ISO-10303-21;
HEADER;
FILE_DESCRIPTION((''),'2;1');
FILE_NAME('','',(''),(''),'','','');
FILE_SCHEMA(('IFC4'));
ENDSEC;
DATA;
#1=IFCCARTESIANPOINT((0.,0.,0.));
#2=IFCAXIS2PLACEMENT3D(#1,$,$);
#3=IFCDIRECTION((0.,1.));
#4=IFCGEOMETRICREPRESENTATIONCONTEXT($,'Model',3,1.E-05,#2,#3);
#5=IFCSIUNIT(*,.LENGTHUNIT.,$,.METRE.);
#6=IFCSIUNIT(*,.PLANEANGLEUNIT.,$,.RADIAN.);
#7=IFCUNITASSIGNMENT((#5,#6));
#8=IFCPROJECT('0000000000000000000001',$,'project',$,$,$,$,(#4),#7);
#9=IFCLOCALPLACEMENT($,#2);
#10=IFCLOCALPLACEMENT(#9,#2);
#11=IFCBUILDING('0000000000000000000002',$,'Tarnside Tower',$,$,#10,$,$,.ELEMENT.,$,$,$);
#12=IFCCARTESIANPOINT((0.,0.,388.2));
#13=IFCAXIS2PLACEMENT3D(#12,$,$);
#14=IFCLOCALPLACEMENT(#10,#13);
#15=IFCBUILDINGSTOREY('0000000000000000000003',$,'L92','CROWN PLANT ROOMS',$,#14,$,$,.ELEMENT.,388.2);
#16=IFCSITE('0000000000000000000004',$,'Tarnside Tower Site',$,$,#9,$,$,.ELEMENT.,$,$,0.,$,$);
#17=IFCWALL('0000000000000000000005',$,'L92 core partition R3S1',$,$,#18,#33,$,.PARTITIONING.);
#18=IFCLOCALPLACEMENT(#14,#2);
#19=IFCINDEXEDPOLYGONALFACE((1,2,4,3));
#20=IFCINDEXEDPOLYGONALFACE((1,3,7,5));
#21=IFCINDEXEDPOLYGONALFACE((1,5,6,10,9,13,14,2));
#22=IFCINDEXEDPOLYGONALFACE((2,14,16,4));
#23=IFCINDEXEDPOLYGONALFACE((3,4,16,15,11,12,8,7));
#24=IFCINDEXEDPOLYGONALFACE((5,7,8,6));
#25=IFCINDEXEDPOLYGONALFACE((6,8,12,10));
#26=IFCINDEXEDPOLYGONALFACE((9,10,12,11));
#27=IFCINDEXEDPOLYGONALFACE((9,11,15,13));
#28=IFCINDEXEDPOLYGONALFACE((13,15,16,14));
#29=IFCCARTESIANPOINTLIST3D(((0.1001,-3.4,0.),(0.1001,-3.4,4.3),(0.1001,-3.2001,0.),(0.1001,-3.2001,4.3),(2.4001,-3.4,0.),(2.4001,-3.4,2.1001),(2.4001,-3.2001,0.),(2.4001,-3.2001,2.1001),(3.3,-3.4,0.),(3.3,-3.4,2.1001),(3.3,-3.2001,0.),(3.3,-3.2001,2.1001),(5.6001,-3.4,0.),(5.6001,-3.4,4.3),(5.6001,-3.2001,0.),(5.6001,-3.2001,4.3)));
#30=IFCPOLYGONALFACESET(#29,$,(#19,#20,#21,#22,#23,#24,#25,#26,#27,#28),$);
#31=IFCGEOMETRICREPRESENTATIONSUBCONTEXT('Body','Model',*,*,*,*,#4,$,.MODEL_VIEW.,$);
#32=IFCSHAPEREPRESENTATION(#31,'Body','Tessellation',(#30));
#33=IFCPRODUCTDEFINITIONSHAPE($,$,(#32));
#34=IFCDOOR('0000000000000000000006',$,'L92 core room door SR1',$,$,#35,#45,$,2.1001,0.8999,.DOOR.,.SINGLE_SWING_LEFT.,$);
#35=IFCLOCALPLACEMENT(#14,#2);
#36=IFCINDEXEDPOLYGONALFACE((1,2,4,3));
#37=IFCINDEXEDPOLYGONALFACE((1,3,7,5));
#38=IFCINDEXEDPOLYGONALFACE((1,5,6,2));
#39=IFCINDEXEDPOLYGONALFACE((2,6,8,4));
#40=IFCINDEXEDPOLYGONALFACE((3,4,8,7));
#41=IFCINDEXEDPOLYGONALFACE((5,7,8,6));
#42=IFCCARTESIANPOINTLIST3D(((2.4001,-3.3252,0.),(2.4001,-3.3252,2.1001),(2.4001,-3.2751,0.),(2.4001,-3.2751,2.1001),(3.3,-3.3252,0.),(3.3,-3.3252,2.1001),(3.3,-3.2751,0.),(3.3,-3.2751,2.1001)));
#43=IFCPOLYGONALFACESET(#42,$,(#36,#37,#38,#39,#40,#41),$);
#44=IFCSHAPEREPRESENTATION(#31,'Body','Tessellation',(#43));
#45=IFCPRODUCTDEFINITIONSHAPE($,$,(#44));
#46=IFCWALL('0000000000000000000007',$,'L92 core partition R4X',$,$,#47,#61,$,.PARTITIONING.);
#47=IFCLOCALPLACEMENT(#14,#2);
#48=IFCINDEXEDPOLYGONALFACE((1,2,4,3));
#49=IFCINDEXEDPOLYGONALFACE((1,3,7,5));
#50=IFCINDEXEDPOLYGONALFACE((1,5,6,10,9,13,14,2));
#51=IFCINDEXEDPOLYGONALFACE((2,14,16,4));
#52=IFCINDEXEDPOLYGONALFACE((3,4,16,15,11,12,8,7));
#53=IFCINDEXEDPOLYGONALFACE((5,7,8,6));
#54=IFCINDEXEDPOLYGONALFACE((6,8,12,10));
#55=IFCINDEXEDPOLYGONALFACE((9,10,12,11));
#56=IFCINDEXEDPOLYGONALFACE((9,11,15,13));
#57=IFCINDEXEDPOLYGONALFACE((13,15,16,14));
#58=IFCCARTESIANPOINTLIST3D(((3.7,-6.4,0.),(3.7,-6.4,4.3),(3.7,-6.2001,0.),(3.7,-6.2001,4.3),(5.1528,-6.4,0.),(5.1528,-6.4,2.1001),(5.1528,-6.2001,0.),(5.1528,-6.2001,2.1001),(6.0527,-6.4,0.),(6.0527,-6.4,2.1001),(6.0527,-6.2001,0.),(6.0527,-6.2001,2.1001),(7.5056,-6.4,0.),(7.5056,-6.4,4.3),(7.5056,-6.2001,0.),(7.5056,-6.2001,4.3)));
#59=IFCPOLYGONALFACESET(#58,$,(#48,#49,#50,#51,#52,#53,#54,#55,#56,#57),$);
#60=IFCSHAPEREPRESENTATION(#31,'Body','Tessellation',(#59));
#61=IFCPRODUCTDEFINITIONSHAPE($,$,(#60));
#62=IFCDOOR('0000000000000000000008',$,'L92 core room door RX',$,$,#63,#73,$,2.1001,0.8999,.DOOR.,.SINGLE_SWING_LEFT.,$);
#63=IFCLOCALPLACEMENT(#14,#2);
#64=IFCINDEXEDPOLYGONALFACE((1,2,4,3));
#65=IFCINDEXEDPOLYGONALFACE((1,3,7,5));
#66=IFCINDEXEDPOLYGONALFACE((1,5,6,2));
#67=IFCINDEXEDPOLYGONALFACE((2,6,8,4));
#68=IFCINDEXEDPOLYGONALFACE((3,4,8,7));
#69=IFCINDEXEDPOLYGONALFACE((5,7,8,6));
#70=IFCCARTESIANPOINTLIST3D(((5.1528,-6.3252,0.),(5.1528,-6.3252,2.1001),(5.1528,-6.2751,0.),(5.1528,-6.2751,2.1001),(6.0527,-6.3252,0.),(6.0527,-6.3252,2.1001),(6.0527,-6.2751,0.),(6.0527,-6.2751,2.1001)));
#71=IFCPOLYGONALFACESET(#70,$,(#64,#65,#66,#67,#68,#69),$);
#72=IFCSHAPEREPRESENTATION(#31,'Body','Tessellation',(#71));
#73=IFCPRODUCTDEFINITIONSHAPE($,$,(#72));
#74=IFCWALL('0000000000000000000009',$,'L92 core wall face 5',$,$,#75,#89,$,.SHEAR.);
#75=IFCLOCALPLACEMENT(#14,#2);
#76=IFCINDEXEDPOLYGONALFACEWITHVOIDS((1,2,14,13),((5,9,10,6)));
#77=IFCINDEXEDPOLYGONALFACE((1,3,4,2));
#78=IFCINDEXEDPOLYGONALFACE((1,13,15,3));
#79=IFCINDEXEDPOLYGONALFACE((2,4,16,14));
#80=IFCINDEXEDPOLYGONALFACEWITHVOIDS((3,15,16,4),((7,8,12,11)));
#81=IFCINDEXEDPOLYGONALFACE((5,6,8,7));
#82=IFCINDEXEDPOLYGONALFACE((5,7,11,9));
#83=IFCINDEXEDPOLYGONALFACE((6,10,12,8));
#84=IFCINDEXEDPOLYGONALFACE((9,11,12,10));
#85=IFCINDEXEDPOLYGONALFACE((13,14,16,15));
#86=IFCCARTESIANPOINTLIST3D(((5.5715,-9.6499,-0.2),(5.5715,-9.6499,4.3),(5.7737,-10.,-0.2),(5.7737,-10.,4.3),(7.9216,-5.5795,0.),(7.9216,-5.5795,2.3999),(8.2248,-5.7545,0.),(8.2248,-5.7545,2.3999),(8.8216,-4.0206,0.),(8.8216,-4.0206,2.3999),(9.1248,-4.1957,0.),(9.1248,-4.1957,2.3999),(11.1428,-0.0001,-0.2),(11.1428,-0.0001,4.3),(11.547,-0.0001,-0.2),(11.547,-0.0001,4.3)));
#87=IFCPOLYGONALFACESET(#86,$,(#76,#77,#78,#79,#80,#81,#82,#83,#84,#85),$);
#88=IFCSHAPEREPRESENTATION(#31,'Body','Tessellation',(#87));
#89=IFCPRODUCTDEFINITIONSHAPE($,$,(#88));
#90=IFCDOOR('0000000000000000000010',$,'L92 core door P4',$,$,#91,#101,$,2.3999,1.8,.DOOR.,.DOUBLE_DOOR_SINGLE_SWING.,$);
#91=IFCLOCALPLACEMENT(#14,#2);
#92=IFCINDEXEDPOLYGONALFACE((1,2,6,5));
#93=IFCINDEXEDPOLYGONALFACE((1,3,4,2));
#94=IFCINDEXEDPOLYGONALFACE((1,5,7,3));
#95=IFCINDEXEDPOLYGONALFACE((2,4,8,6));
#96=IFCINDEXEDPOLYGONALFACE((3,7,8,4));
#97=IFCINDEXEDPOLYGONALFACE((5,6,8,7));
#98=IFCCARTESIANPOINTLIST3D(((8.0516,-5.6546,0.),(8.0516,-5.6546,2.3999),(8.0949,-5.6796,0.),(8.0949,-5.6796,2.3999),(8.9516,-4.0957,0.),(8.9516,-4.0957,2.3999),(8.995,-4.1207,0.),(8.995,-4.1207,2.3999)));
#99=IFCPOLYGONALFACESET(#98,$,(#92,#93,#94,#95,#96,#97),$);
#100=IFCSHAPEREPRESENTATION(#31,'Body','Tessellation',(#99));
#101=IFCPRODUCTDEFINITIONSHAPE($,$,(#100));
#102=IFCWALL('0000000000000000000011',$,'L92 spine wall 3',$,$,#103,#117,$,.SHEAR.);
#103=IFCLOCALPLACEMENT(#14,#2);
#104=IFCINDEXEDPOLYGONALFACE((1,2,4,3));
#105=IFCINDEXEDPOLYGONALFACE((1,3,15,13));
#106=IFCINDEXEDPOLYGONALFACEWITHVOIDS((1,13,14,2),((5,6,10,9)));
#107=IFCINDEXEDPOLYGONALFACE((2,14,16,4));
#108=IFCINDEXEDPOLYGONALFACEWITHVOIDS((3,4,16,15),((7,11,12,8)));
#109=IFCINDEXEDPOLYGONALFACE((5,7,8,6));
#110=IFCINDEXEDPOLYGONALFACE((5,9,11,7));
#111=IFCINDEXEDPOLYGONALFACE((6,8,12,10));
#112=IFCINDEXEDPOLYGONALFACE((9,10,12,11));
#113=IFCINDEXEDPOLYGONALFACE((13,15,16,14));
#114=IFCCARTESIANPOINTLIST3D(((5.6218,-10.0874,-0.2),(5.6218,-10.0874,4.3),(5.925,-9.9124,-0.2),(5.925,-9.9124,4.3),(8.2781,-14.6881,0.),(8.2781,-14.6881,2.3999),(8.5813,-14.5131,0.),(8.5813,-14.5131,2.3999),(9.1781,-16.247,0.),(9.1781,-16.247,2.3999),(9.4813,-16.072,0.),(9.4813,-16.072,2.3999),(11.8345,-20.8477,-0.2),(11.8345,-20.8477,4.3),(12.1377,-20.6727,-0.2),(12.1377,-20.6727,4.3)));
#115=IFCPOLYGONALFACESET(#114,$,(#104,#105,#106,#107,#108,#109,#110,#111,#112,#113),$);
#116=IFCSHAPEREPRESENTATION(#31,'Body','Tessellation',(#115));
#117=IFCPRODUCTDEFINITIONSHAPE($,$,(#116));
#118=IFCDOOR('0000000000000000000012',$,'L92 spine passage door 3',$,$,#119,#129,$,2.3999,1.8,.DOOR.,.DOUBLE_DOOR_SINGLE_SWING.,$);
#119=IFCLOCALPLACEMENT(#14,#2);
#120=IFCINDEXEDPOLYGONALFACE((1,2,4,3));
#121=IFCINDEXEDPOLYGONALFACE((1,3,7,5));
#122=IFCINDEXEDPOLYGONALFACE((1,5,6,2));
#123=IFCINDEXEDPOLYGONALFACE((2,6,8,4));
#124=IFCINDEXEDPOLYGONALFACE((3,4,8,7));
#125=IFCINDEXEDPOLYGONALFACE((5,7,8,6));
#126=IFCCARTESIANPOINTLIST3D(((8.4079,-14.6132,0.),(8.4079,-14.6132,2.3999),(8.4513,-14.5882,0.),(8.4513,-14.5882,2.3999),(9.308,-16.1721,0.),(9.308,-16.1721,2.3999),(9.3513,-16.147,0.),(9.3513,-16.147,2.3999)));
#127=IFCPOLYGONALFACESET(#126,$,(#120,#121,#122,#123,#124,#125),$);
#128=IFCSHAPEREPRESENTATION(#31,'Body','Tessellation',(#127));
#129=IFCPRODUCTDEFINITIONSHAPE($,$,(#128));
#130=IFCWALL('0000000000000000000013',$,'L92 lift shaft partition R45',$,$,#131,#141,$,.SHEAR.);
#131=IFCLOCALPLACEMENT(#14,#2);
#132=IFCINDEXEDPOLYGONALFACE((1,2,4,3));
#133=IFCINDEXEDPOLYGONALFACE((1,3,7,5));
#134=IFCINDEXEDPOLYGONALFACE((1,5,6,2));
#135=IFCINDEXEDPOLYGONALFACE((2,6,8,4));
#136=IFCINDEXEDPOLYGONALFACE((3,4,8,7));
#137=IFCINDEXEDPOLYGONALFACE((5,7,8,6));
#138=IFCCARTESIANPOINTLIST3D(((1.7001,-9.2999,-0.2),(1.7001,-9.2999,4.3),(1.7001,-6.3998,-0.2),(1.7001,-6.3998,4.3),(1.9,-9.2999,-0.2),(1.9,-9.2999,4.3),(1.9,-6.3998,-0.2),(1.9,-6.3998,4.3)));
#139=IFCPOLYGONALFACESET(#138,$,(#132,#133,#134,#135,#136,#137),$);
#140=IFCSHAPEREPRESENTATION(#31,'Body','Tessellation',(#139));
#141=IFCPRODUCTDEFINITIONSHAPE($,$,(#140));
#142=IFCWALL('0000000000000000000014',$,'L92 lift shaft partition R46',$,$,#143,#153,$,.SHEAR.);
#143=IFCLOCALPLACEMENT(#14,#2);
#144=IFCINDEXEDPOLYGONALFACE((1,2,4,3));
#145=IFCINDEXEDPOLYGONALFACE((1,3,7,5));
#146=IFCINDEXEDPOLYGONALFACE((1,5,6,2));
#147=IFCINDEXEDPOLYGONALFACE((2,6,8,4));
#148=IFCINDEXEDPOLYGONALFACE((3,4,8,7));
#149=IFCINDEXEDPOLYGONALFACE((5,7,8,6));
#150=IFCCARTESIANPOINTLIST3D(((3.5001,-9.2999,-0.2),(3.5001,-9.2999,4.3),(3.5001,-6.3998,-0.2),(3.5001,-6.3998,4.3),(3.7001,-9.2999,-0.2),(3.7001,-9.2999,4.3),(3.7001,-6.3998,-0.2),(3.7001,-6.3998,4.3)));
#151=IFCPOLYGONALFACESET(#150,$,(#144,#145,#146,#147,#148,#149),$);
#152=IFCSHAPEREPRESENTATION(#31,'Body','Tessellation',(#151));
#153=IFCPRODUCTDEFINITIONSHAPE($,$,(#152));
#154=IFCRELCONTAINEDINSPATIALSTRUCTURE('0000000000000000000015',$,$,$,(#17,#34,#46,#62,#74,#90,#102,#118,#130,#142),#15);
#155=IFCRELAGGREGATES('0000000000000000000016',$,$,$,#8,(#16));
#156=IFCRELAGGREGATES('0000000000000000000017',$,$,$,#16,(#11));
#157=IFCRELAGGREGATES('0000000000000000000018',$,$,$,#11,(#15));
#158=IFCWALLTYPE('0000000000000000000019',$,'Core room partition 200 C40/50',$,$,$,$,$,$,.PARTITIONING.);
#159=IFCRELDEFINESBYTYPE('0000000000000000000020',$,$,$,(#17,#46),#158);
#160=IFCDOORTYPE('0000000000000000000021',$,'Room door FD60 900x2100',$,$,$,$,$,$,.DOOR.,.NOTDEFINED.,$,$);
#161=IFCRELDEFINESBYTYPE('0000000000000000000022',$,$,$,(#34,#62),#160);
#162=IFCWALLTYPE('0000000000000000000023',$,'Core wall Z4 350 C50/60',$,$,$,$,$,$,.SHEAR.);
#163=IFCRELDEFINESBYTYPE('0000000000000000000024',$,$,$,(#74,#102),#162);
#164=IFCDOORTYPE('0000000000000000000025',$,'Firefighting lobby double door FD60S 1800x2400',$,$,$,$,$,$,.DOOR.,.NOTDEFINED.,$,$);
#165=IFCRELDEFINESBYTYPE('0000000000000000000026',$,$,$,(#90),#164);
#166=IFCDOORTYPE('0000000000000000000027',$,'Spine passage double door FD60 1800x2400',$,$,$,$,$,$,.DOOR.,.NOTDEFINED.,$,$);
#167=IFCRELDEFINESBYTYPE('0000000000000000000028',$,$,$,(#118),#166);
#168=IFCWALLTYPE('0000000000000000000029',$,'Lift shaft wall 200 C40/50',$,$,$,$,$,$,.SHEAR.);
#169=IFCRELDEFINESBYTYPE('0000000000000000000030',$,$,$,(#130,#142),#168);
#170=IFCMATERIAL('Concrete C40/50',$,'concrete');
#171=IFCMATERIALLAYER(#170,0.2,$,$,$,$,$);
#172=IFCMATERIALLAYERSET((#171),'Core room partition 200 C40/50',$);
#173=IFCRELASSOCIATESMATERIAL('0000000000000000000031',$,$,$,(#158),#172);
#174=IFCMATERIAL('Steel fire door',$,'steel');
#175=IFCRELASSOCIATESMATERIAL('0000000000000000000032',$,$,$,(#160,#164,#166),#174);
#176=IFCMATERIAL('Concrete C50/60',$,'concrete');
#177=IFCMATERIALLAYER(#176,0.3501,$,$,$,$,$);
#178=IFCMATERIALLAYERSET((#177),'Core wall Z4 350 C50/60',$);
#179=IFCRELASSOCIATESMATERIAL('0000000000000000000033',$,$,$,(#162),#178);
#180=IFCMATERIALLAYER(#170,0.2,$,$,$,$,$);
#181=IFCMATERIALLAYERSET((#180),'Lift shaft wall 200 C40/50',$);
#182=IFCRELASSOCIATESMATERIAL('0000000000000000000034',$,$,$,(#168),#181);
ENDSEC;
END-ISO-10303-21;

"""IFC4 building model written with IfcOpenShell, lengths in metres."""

from ifc_helpers import new_model, si_unit, direction, frame, frame_2d, origin, place, context, subcontext, project, spatial, polyline, rectangle, outline, extrude, material, layer, layer_set, type_object, element, fill, save


model = new_model("IFC4")

# Units and contexts
model_context = context("Model", 3, precision=1e-05, world=origin(), true_north=direction((0.0, 1.0)))
body_context = subcontext(model_context, "Body", "Model", "MODEL_VIEW")
ifc_project = project(units=[si_unit("LENGTHUNIT", "METRE"), si_unit("PLANEANGLEUNIT", "RADIAN")], contexts=[model_context])

# Site, building, storey
site_placement = place(None, origin())
site = spatial("IfcSite", under=ifc_project, at=site_placement, Name="Tarnside Tower Site", CompositionType="ELEMENT", RefElevation=0.0)
building_placement = place(site_placement, origin())
building = spatial("IfcBuilding", under=site, at=building_placement, Name="Tarnside Tower", CompositionType="ELEMENT")
storey_placement = place(building_placement, frame((0.0, 0.0, 388.2)))
storey = spatial("IfcBuildingStorey", under=building, at=storey_placement, Name="L92", Description="CROWN PLANT ROOMS", CompositionType="ELEMENT", Elevation=388.2)

# Shared definitions
ifc_material_1 = material(Name="Concrete C40/50", Category="concrete")

# Walls, openings, doors
ifc_layer_1 = layer(ifc_material_1, 0.2)
ifc_layer_set_1 = layer_set([ifc_layer_1], Name="Core room partition 200 C40/50")
wall_type_1 = type_object("IfcWallType", Name="Core room partition 200 C40/50", PredefinedType="PARTITIONING", material=ifc_layer_set_1)
wall_1_placement = place(storey_placement, frame((0.1001, -3.3, 0.0), z_axis=(0.0, 0.0, 1.0), x_axis=(1.0, 0.0, 0.0)))
wall_1 = element("IfcWall", 1, at=wall_1_placement, inside=storey, type_object=wall_type_1, Name="L92 core partition R3S1", PredefinedType="PARTITIONING", context=body_context, shape_type="SweptSolid", body=[
    extrude(rectangle(XDim=5.5, YDim=0.2, at=frame_2d((2.75, 0.0))), origin(), (0.0, 0.0, 1.0), 4.3),
])
opening_1_placement = place(wall_1_placement, frame((2.3, 0.0, 0.0)))
opening_1 = element("IfcOpeningElement", 2, at=opening_1_placement, cuts=wall_1, PredefinedType="OPENING", context=body_context, shape_type="SweptSolid", body=[
    extrude(rectangle(XDim=0.8999, YDim=2.1001, at=frame_2d((0.45, 1.05))), frame((0.0, 0.1099, 0.0), z_axis=(0.0, -1.0, 0.0), x_axis=(1.0, 0.0, 0.0)), (0.0, 0.0, 1.0), 0.22),
])
ifc_material_2 = material(Name="Steel fire door", Category="steel")
door_type_1 = type_object("IfcDoorType", Name="Room door FD60 900x2100", OperationType="NOTDEFINED", PredefinedType="DOOR", material=ifc_material_2)
door_1_placement = place(opening_1_placement, origin())
door_1 = element("IfcDoor", 3, at=door_1_placement, inside=storey, type_object=door_type_1, Name="L92 core room door SR1", OperationType="SINGLE_SWING_LEFT", OverallHeight=2.1001, OverallWidth=0.8999, PredefinedType="DOOR", context=body_context, shape_type="SweptSolid", body=[
    extrude(rectangle(XDim=0.8999, YDim=2.1001, at=frame_2d((0.45, 1.05))), frame((0.0, 0.0249, 0.0), z_axis=(0.0, -1.0, 0.0), x_axis=(1.0, 0.0, 0.0)), (0.0, 0.0, 1.0), 0.05),
])
fill(opening_1, door_1)
wall_2_placement = place(storey_placement, frame((3.7, -6.3, 0.0), z_axis=(0.0, 0.0, 1.0), x_axis=(1.0, 0.0, 0.0)))
wall_2 = element("IfcWall", 4, at=wall_2_placement, inside=storey, type_object=wall_type_1, Name="L92 core partition R4X", PredefinedType="PARTITIONING", context=body_context, shape_type="SweptSolid", body=[
    extrude(rectangle(XDim=3.8057, YDim=0.2, at=frame_2d((1.9028, 0.0))), origin(), (0.0, 0.0, 1.0), 4.3),
])
opening_2_placement = place(wall_2_placement, frame((1.4529, 0.0, 0.0)))
opening_2 = element("IfcOpeningElement", 5, at=opening_2_placement, cuts=wall_2, PredefinedType="OPENING", context=body_context, shape_type="SweptSolid", body=[
    extrude(rectangle(XDim=0.8999, YDim=2.1001, at=frame_2d((0.45, 1.05))), frame((0.0, 0.1099, 0.0), z_axis=(0.0, -1.0, 0.0), x_axis=(1.0, 0.0, 0.0)), (0.0, 0.0, 1.0), 0.22),
])
door_2_placement = place(opening_2_placement, origin())
door_2 = element("IfcDoor", 6, at=door_2_placement, inside=storey, type_object=door_type_1, Name="L92 core room door RX", OperationType="SINGLE_SWING_LEFT", OverallHeight=2.1001, OverallWidth=0.8999, PredefinedType="DOOR", context=body_context, shape_type="SweptSolid", body=[
    extrude(rectangle(XDim=0.8999, YDim=2.1001, at=frame_2d((0.45, 1.05))), frame((0.0, 0.0249, 0.0), z_axis=(0.0, -1.0, 0.0), x_axis=(1.0, 0.0, 0.0)), (0.0, 0.0, 1.0), 0.05),
])
fill(opening_2, door_2)
ifc_material_3 = material(Name="Concrete C50/60", Category="concrete")
ifc_layer_2 = layer(ifc_material_3, 0.3501)
ifc_layer_set_2 = layer_set([ifc_layer_2], Name="Core wall Z4 350 C50/60")
wall_type_2 = type_object("IfcWallType", Name="Core wall Z4 350 C50/60", PredefinedType="SHEAR", material=ifc_layer_set_2)
wall_3_placement = place(storey_placement, frame((5.6726, -9.825, -0.2), z_axis=(0.0, 0.0, 1.0), x_axis=(0.499995, 0.866028, 0.0)))
wall_3 = element("IfcWall", 7, at=wall_3_placement, inside=storey, type_object=wall_type_2, Name="L92 core wall face 5", PredefinedType="SHEAR", context=body_context, shape_type="SweptSolid", body=[
    extrude(outline(polyline([(-0.1011, -0.175), (11.4458, -0.175), (11.2437, 0.175), (0.1011, 0.175), (-0.1011, -0.175)])), origin(), (0.0, 0.0, 1.0), 4.5),
])
opening_3_placement = place(wall_3_placement, frame((4.8013, 0.0, 0.2)))
opening_3 = element("IfcOpeningElement", 8, at=opening_3_placement, cuts=wall_3, PredefinedType="OPENING", context=body_context, shape_type="SweptSolid", body=[
    extrude(rectangle(XDim=1.8, YDim=2.3999, at=frame_2d((0.8999, 1.2))), frame((0.0, 0.1851, 0.0), z_axis=(0.0, -1.0, 0.0), x_axis=(1.0, 0.0, 0.0)), (0.0, 0.0, 1.0), 0.3701),
])
door_type_2 = type_object("IfcDoorType", Name="Firefighting lobby double door FD60S 1800x2400", OperationType="NOTDEFINED", PredefinedType="DOOR", material=ifc_material_2)
door_3_placement = place(opening_3_placement, origin())
door_3 = element("IfcDoor", 9, at=door_3_placement, inside=storey, type_object=door_type_2, Name="L92 core door P4", OperationType="DOUBLE_DOOR_SINGLE_SWING", OverallHeight=2.3999, OverallWidth=1.8, PredefinedType="DOOR", context=body_context, shape_type="SweptSolid", body=[
    extrude(rectangle(XDim=1.8, YDim=2.3999, at=frame_2d((0.8999, 1.2))), frame((0.0, 0.0249, 0.0), z_axis=(0.0, -1.0, 0.0), x_axis=(1.0, 0.0, 0.0)), (0.0, 0.0, 1.0), 0.05),
])
fill(opening_3, door_3)
wall_4_placement = place(storey_placement, frame((5.7734, -10.0, -0.2), z_axis=(0.0, 0.0, 1.0), x_axis=(0.500013, -0.866018, 0.0)))
wall_4 = element("IfcWall", 10, at=wall_4_placement, inside=storey, type_object=wall_type_2, Name="L92 spine wall 3", PredefinedType="SHEAR", context=body_context, shape_type="SweptSolid", body=[
    extrude(rectangle(XDim=12.425, YDim=0.3501, at=frame_2d((6.2124, 0.0))), origin(), (0.0, 0.0, 1.0), 4.5),
])
opening_4_placement = place(wall_4_placement, frame((5.3125, 0.0, 0.2)))
opening_4 = element("IfcOpeningElement", 11, at=opening_4_placement, cuts=wall_4, PredefinedType="OPENING", context=body_context, shape_type="SweptSolid", body=[
    extrude(rectangle(XDim=1.8, YDim=2.3999, at=frame_2d((0.8999, 1.2))), frame((0.0, 0.1851, 0.0), z_axis=(0.0, -1.0, 0.0), x_axis=(1.0, 0.0, 0.0)), (0.0, 0.0, 1.0), 0.3701),
])
door_type_3 = type_object("IfcDoorType", Name="Spine passage double door FD60 1800x2400", OperationType="NOTDEFINED", PredefinedType="DOOR", material=ifc_material_2)
door_4_placement = place(opening_4_placement, origin())
door_4 = element("IfcDoor", 12, at=door_4_placement, inside=storey, type_object=door_type_3, Name="L92 spine passage door 3", OperationType="DOUBLE_DOOR_SINGLE_SWING", OverallHeight=2.3999, OverallWidth=1.8, PredefinedType="DOOR", context=body_context, shape_type="SweptSolid", body=[
    extrude(rectangle(XDim=1.8, YDim=2.3999, at=frame_2d((0.8999, 1.2))), frame((0.0, 0.0249, 0.0), z_axis=(0.0, -1.0, 0.0), x_axis=(1.0, 0.0, 0.0)), (0.0, 0.0, 1.0), 0.05),
])
fill(opening_4, door_4)

# Walls
ifc_layer_3 = layer(ifc_material_1, 0.2)
ifc_layer_set_3 = layer_set([ifc_layer_3], Name="Lift shaft wall 200 C40/50")
wall_type_3 = type_object("IfcWallType", Name="Lift shaft wall 200 C40/50", PredefinedType="SHEAR", material=ifc_layer_set_3)
for number, where, z_axis, x_axis, name in (
    (13, (1.8, -9.3, -0.2), (0.0, 0.0, 1.0), (0.0, 1.0, 0.0), "L92 lift shaft partition R45"),
    (14, (3.6001, -9.3, -0.2), (0.0, 0.0, 1.0), (0.0, 1.0, 0.0), "L92 lift shaft partition R46"),
):
    element("IfcWall", number, at=place(storey_placement, frame(where, z_axis=z_axis, x_axis=x_axis)), inside=storey, type_object=wall_type_3, Name=name, PredefinedType="SHEAR", context=body_context, shape_type="SweptSolid", body=[
        extrude(rectangle(XDim=2.9001, YDim=0.2, at=frame_2d((1.4502, 0.0))), origin(), (0.0, 0.0, 1.0), 4.5),
    ])

save(model, "model.ifc")
